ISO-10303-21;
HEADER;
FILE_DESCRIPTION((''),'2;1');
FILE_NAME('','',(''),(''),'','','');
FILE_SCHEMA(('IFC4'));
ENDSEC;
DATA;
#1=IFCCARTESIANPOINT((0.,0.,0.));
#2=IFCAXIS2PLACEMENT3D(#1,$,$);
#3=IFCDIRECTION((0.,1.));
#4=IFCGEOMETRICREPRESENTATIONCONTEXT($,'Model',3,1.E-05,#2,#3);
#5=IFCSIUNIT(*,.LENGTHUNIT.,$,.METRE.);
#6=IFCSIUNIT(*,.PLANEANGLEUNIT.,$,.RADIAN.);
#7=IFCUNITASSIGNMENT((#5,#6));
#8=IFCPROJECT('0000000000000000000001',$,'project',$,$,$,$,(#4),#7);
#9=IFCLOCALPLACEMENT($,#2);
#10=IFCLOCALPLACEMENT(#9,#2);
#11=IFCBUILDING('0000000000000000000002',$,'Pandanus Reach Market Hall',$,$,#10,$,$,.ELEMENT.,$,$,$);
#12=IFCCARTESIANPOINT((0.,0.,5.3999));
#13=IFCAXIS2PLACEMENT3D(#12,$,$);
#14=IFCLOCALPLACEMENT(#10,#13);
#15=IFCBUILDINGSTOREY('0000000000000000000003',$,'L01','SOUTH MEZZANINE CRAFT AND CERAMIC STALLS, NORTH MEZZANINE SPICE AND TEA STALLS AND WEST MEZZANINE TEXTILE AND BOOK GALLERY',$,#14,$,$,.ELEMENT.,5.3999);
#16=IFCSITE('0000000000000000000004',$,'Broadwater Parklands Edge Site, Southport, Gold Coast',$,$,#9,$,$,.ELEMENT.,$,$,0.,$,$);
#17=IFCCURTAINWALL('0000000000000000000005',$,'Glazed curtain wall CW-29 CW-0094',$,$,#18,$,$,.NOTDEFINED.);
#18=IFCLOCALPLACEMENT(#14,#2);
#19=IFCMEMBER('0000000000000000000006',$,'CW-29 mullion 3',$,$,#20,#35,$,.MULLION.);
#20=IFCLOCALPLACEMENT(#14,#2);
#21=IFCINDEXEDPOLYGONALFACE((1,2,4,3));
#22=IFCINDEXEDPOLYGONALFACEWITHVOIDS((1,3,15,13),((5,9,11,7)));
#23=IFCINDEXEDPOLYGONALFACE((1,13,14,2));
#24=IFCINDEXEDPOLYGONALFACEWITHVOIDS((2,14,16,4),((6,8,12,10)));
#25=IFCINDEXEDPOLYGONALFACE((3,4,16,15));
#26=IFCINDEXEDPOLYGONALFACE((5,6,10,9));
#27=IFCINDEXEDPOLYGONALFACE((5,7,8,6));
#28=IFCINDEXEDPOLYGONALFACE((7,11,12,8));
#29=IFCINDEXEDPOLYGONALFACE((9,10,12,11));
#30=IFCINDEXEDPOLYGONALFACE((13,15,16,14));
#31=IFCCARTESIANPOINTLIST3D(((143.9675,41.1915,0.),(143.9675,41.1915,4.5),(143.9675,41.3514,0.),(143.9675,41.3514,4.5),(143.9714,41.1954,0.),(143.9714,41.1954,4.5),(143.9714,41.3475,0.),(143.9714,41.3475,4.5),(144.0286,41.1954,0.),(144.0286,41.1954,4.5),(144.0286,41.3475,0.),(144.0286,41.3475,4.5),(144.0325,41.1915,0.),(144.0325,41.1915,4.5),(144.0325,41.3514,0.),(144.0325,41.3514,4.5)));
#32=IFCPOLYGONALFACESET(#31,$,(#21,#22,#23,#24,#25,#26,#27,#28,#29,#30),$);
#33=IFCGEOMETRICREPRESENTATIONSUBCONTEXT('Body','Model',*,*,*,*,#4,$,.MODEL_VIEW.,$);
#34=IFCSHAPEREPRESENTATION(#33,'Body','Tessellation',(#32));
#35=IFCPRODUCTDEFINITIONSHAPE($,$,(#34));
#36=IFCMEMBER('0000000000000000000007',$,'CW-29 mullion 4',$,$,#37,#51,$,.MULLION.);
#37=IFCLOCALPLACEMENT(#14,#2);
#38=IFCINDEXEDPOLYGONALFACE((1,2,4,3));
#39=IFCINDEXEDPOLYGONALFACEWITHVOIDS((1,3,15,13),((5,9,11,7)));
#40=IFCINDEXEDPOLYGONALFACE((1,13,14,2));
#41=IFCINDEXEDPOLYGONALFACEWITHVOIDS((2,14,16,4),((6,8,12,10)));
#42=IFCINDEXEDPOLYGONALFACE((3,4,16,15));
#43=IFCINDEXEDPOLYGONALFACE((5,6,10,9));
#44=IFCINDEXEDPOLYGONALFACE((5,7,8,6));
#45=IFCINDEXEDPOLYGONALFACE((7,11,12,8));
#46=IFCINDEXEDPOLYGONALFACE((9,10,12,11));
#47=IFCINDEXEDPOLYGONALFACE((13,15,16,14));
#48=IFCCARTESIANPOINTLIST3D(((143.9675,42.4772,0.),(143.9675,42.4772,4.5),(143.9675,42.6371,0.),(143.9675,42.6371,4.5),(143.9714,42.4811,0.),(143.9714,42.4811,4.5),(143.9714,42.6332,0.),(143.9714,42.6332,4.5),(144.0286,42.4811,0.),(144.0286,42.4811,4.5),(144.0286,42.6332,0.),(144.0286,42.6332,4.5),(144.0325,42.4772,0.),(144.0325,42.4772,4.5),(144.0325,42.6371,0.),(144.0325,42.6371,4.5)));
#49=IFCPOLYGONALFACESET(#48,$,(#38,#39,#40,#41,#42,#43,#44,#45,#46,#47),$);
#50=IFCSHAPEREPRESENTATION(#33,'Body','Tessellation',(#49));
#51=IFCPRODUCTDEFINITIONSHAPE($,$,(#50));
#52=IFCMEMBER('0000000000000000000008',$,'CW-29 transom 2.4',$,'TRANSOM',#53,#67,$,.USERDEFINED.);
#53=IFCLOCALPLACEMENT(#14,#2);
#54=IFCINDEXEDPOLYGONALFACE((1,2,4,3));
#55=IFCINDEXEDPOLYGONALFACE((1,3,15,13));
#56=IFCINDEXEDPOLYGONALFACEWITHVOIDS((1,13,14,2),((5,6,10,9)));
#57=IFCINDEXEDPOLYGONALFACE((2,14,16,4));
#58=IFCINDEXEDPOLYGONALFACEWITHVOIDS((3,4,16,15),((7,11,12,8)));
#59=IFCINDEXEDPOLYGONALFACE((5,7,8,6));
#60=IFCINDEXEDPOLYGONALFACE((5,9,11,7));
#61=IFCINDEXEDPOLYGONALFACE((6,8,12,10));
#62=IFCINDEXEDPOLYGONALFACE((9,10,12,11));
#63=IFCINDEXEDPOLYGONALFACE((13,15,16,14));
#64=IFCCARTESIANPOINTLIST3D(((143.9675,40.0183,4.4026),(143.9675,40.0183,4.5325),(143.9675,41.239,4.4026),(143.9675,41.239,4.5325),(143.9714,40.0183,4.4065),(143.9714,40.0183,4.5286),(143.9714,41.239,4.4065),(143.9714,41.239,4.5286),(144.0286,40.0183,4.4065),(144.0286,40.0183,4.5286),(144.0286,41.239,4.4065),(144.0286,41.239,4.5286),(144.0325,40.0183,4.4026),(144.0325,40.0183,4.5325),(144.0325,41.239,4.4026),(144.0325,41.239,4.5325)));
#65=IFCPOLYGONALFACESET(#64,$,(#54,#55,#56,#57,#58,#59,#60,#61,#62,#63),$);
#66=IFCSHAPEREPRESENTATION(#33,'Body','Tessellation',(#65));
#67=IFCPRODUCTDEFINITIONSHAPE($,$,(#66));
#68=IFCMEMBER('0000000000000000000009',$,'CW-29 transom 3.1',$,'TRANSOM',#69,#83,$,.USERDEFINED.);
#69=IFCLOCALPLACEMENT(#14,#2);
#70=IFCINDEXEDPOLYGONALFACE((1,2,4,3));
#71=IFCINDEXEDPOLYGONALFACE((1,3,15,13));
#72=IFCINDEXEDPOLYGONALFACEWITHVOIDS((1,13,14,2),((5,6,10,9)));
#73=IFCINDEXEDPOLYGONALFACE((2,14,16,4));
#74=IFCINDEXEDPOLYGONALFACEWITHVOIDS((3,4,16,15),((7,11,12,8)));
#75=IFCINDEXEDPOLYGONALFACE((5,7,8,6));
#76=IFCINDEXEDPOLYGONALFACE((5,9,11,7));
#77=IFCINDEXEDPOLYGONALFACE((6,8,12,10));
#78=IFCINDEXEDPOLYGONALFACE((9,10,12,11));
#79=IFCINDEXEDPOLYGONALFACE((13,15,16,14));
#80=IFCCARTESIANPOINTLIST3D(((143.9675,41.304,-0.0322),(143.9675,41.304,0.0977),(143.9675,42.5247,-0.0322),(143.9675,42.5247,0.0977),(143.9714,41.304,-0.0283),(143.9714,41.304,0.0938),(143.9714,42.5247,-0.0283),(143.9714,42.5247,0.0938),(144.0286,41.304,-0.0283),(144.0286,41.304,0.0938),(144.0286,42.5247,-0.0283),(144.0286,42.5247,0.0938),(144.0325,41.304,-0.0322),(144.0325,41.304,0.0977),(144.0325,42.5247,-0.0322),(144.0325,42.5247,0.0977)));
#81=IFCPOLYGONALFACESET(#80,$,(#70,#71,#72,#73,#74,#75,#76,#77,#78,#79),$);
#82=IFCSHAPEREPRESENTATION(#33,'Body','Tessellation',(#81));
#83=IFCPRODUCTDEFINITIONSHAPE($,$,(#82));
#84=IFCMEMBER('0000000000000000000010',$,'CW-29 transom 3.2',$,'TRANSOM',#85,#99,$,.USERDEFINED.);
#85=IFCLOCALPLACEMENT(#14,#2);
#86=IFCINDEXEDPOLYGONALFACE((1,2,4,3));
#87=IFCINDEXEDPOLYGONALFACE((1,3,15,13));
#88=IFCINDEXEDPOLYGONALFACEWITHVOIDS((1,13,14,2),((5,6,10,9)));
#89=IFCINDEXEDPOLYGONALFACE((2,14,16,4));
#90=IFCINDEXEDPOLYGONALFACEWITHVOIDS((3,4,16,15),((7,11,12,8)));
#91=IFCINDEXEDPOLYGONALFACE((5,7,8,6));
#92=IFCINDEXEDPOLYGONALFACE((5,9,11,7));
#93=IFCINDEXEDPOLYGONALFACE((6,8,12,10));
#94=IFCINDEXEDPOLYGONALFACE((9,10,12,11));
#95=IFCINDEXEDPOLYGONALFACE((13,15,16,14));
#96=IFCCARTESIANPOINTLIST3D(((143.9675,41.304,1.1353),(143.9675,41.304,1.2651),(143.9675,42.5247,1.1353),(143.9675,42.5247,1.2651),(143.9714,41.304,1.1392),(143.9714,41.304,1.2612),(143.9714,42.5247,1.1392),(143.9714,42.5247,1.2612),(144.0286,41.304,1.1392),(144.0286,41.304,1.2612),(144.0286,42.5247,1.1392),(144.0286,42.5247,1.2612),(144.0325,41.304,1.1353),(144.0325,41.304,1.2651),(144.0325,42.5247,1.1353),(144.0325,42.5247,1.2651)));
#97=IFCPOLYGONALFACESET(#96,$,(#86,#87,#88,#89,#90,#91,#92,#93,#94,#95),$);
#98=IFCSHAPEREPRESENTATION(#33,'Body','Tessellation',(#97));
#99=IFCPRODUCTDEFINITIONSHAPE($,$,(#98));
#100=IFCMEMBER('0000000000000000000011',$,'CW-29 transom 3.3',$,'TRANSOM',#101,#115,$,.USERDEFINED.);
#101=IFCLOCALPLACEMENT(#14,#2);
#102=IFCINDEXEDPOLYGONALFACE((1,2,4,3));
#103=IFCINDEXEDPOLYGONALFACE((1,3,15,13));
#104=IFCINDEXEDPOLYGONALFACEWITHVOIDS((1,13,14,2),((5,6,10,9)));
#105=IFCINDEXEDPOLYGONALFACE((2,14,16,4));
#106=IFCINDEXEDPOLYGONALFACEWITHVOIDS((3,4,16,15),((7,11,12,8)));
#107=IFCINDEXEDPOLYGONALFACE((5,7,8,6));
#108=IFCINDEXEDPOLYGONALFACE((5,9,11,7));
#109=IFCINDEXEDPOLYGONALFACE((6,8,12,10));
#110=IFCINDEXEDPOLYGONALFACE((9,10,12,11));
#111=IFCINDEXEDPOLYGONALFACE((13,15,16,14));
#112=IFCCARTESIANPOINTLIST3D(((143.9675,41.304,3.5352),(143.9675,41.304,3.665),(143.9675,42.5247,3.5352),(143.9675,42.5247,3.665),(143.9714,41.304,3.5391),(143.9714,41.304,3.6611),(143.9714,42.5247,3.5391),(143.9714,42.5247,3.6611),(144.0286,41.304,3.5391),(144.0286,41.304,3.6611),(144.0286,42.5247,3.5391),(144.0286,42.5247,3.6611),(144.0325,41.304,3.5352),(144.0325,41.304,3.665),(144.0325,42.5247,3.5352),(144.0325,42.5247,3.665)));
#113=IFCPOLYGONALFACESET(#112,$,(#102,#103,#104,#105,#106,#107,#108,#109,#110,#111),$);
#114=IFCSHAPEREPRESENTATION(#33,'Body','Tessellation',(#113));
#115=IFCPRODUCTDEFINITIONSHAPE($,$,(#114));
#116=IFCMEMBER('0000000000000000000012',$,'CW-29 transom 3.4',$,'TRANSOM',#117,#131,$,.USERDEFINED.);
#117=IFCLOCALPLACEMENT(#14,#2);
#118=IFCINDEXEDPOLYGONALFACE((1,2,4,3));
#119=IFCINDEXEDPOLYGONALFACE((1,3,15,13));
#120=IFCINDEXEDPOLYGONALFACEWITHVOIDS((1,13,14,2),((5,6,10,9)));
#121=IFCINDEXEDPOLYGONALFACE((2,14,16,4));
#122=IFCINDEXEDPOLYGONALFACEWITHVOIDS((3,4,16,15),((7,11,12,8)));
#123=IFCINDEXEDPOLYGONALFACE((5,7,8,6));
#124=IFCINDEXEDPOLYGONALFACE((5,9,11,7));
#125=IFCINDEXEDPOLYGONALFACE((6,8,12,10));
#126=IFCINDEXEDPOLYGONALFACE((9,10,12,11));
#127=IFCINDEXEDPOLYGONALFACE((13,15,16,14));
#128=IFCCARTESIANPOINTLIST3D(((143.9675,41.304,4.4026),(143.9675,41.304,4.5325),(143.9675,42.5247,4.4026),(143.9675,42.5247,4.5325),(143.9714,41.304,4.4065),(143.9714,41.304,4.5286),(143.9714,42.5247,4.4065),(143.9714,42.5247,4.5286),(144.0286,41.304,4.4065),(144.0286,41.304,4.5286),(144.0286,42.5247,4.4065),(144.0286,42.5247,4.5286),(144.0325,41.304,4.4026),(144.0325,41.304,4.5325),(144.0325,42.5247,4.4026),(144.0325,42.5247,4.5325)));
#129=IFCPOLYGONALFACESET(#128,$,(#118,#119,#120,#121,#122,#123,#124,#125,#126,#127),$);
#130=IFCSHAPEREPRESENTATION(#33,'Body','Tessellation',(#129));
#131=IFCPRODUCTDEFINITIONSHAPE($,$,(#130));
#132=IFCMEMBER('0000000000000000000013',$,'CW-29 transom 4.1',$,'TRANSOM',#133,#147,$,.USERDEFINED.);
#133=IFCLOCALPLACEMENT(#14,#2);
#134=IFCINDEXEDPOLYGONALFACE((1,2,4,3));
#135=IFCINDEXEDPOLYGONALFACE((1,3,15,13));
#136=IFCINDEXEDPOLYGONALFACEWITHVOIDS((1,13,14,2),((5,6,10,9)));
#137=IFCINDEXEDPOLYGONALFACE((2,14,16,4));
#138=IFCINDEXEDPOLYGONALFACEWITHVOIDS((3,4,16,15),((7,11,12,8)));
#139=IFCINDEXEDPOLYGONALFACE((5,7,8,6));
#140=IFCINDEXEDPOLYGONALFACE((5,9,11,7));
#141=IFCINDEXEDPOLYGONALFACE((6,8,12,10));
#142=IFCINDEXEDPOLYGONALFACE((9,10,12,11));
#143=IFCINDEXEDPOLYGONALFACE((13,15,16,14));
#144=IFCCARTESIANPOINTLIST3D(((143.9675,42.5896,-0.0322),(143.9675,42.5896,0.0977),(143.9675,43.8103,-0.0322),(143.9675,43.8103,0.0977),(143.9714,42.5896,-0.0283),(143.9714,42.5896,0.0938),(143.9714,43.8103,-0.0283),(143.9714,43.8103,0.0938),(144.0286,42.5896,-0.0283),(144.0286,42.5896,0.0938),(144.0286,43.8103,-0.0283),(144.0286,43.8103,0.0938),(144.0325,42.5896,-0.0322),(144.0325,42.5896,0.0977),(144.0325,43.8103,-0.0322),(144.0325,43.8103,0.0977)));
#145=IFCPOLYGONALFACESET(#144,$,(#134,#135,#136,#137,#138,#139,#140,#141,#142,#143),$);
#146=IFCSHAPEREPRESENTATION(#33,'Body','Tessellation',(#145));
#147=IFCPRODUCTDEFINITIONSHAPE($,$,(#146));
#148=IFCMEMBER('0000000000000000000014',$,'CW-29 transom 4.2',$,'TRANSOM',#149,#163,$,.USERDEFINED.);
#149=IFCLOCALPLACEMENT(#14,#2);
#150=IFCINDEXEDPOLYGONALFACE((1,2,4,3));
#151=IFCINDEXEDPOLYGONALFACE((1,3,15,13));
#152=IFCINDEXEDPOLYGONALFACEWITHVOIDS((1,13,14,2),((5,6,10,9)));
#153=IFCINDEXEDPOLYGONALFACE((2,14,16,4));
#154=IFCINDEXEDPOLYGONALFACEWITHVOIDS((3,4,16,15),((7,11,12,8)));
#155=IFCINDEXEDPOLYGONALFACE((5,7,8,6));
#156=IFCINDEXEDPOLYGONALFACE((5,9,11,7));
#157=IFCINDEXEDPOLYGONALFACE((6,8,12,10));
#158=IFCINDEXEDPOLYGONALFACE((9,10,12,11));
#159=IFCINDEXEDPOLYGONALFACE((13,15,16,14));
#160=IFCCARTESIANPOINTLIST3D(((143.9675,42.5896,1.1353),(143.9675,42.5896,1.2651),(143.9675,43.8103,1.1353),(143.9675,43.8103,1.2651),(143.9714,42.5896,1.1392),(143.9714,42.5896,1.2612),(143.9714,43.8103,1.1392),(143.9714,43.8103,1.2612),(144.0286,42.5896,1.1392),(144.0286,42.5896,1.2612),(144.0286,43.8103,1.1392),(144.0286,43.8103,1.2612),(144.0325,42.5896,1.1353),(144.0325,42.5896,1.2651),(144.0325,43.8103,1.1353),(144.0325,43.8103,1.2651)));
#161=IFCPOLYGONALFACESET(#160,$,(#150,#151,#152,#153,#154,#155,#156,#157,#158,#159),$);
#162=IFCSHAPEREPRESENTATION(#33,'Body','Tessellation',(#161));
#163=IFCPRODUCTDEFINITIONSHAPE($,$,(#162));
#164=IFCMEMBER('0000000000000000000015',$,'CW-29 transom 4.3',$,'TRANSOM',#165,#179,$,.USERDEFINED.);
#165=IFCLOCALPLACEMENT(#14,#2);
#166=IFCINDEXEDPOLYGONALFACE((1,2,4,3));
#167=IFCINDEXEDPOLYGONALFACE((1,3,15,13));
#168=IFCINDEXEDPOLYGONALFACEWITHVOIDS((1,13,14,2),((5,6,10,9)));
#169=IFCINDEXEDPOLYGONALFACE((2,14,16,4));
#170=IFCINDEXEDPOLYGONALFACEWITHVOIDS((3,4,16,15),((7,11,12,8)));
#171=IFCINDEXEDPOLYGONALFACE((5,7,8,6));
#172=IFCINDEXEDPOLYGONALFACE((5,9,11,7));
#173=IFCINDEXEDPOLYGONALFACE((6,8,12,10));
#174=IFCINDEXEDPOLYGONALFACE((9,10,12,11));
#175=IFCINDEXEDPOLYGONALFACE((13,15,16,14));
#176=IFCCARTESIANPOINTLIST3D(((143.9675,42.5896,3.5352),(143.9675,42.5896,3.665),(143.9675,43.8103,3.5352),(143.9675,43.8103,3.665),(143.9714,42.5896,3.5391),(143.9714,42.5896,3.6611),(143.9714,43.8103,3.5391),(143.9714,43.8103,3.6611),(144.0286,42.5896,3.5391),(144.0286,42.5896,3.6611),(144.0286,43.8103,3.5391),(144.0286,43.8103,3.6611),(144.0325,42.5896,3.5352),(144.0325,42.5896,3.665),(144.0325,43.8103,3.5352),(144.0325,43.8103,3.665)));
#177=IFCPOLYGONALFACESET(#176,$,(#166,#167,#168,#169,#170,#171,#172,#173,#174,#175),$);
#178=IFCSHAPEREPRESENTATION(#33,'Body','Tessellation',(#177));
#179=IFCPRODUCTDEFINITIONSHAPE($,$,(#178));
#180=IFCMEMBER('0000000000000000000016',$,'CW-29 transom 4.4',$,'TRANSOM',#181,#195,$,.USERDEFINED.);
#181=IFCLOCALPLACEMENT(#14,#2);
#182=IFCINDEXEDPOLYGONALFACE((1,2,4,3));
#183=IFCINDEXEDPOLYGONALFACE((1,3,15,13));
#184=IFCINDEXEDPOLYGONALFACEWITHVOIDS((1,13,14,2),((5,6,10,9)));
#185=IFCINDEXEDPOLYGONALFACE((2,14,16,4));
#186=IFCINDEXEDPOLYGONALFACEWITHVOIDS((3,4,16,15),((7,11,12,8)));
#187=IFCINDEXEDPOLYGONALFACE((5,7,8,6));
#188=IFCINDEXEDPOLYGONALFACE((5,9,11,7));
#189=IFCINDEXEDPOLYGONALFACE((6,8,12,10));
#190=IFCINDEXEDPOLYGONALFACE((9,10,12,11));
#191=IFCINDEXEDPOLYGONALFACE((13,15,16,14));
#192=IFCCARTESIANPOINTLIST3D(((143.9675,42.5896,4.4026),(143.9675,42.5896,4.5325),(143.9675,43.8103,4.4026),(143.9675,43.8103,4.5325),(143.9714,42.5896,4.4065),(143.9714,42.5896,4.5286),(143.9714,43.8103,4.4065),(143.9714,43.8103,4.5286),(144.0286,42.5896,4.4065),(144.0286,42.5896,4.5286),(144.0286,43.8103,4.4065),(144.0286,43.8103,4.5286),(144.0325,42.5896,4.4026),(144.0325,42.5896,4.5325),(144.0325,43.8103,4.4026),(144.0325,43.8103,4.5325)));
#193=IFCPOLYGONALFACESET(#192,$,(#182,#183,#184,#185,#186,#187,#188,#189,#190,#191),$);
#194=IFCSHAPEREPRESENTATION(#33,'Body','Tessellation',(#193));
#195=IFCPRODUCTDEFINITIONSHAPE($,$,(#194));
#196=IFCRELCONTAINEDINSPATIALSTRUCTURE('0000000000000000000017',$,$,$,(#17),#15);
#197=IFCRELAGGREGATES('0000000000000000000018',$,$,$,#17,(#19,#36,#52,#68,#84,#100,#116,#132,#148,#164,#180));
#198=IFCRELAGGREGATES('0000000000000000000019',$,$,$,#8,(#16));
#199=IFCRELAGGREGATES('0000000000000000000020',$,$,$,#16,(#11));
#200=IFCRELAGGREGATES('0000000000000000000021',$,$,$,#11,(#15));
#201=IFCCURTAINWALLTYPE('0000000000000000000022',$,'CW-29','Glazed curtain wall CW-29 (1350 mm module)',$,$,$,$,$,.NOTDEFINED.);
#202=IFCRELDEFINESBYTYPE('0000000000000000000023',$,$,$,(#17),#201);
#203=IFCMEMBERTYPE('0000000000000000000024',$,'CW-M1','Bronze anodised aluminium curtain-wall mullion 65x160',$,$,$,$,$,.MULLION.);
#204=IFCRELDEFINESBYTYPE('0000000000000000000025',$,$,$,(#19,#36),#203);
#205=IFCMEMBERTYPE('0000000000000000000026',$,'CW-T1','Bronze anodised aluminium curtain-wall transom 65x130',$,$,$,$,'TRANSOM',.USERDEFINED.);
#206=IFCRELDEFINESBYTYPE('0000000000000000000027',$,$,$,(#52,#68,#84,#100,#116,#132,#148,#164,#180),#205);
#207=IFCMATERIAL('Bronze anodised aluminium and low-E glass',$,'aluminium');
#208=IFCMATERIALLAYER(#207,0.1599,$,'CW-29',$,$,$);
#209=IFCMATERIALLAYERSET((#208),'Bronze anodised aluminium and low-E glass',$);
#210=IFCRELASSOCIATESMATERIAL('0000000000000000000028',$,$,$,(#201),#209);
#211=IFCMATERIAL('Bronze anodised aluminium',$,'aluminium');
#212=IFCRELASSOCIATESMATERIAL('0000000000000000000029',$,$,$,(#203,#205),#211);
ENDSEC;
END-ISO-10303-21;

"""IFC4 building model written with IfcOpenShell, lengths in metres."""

from ifc_helpers import new_model, si_unit, direction, frame, origin, origin_2d, place, context, subcontext, project, spatial, hollow_rectangle, extrude, material, layer, layer_set, material_profile, profile_set, type_object, element, aggregate, save


model = new_model("IFC4")

# Units and contexts
model_context = context("Model", 3, precision=1e-05, world=origin(), true_north=direction((0.0, 1.0)))
body_context = subcontext(model_context, "Body", "Model", "MODEL_VIEW")
ifc_project = project(units=[si_unit("LENGTHUNIT", "METRE"), si_unit("PLANEANGLEUNIT", "RADIAN")], contexts=[model_context])

# Site, building, storey
site_placement = place(None, origin())
site = spatial("IfcSite", under=ifc_project, at=site_placement, Name="Broadwater Parklands Edge Site, Southport, Gold Coast", CompositionType="ELEMENT", RefElevation=0.0)
building_placement = place(site_placement, origin())
building = spatial("IfcBuilding", under=site, at=building_placement, Name="Pandanus Reach Market Hall", CompositionType="ELEMENT")
storey_placement = place(building_placement, frame((0.0, 0.0, 5.3999)))
storey = spatial("IfcBuildingStorey", under=building, at=storey_placement, Name="L01", Description="SOUTH MEZZANINE CRAFT AND CERAMIC STALLS, NORTH MEZZANINE SPICE AND TEA STALLS AND WEST MEZZANINE TEXTILE AND BOOK GALLERY", CompositionType="ELEMENT", Elevation=5.3999)

# Curtain wall, members
ifc_material_1 = material(Name="Bronze anodised aluminium and low-E glass", Category="aluminium")
ifc_layer_1 = layer(ifc_material_1, 0.1599, Name="CW-29")
ifc_layer_set_1 = layer_set([ifc_layer_1], Name="Bronze anodised aluminium and low-E glass")
curtain_wall_type = type_object("IfcCurtainWallType", Name="CW-29", Description="Glazed curtain wall CW-29 (1350 mm module)", PredefinedType="NOTDEFINED", material=ifc_layer_set_1)
curtain_wall_placement = place(storey_placement, origin())
curtain_wall = element("IfcCurtainWall", 1, at=curtain_wall_placement, inside=storey, type_object=curtain_wall_type, Name="Glazed curtain wall CW-29 CW-0094", PredefinedType="NOTDEFINED")
ifc_material_2 = material(Name="Bronze anodised aluminium", Category="aluminium")
ifc_material_profile_1 = material_profile(ifc_material_2, hollow_rectangle(XDim=0.0649, YDim=0.1599, WallThickness=0.0039, at=origin_2d()), Name="ALU65x160", Category="LoadBearing")
ifc_profile_set_1 = profile_set([ifc_material_profile_1], Name="Bronze anodised aluminium")
member_type_1 = type_object("IfcMemberType", Name="CW-M1", Description="Bronze anodised aluminium curtain-wall mullion 65x160", PredefinedType="MULLION", material=ifc_profile_set_1)
member_1_placement = place(storey_placement, frame((144.0, 41.2715, 0.0), z_axis=(0.0, 0.0, 1.0), x_axis=(-1.0, 0.0, 0.0)))
member_1 = element("IfcMember", 2, at=member_1_placement, type_object=member_type_1, Name="CW-29 mullion 3", PredefinedType="MULLION", context=body_context, shape_type="SweptSolid", body=[
    extrude(hollow_rectangle(XDim=0.0649, YDim=0.1599, WallThickness=0.0039, at=origin_2d()), origin(), (0.0, 0.0, 1.0), 4.5),
])
member_2_placement = place(storey_placement, frame((144.0, 42.5571, 0.0), z_axis=(0.0, 0.0, 1.0), x_axis=(-1.0, 0.0, 0.0)))
member_2 = element("IfcMember", 3, at=member_2_placement, type_object=member_type_1, Name="CW-29 mullion 4", PredefinedType="MULLION", context=body_context, shape_type="SweptSolid", body=[
    extrude(hollow_rectangle(XDim=0.0649, YDim=0.1599, WallThickness=0.0039, at=origin_2d()), origin(), (0.0, 0.0, 1.0), 4.5),
])
ifc_material_profile_2 = material_profile(ifc_material_2, hollow_rectangle(XDim=0.0649, YDim=0.1299, WallThickness=0.0039, at=origin_2d()), Name="ALU65x130", Category="LoadBearing")
ifc_profile_set_2 = profile_set([ifc_material_profile_2], Name="Bronze anodised aluminium")
member_type_2 = type_object("IfcMemberType", Name="CW-T1", Description="Bronze anodised aluminium curtain-wall transom 65x130", ElementType="TRANSOM", PredefinedType="USERDEFINED", material=ifc_profile_set_2)
member_3_placement = place(storey_placement, frame((144.0, 40.0183, 4.4675), z_axis=(0.0, 1.0, 0.0), x_axis=(-1.0, 0.0, 0.0)))
member_3 = element("IfcMember", 4, at=member_3_placement, type_object=member_type_2, Name="CW-29 transom 2.4", ObjectType="TRANSOM", PredefinedType="USERDEFINED", context=body_context, shape_type="SweptSolid", body=[
    extrude(hollow_rectangle(XDim=0.0649, YDim=0.1299, WallThickness=0.0039, at=origin_2d()), origin(), (0.0, 0.0, 1.0), 1.2207),
])
member_4_placement = place(storey_placement, frame((144.0, 41.304, 0.0327), z_axis=(0.0, 1.0, 0.0), x_axis=(-1.0, 0.0, 0.0)))
member_4 = element("IfcMember", 5, at=member_4_placement, type_object=member_type_2, Name="CW-29 transom 3.1", ObjectType="TRANSOM", PredefinedType="USERDEFINED", context=body_context, shape_type="SweptSolid", body=[
    extrude(hollow_rectangle(XDim=0.0649, YDim=0.1299, WallThickness=0.0039, at=origin_2d()), origin(), (0.0, 0.0, 1.0), 1.2207),
])
member_5_placement = place(storey_placement, frame((144.0, 41.304, 1.2002), z_axis=(0.0, 1.0, 0.0), x_axis=(-1.0, 0.0, 0.0)))
member_5 = element("IfcMember", 6, at=member_5_placement, type_object=member_type_2, Name="CW-29 transom 3.2", ObjectType="TRANSOM", PredefinedType="USERDEFINED", context=body_context, shape_type="SweptSolid", body=[
    extrude(hollow_rectangle(XDim=0.0649, YDim=0.1299, WallThickness=0.0039, at=origin_2d()), origin(), (0.0, 0.0, 1.0), 1.2207),
])
member_6_placement = place(storey_placement, frame((144.0, 41.304, 3.6001), z_axis=(0.0, 1.0, 0.0), x_axis=(-1.0, 0.0, 0.0)))
member_6 = element("IfcMember", 7, at=member_6_placement, type_object=member_type_2, Name="CW-29 transom 3.3", ObjectType="TRANSOM", PredefinedType="USERDEFINED", context=body_context, shape_type="SweptSolid", body=[
    extrude(hollow_rectangle(XDim=0.0649, YDim=0.1299, WallThickness=0.0039, at=origin_2d()), origin(), (0.0, 0.0, 1.0), 1.2207),
])
member_7_placement = place(storey_placement, frame((144.0, 41.304, 4.4675), z_axis=(0.0, 1.0, 0.0), x_axis=(-1.0, 0.0, 0.0)))
member_7 = element("IfcMember", 8, at=member_7_placement, type_object=member_type_2, Name="CW-29 transom 3.4", ObjectType="TRANSOM", PredefinedType="USERDEFINED", context=body_context, shape_type="SweptSolid", body=[
    extrude(hollow_rectangle(XDim=0.0649, YDim=0.1299, WallThickness=0.0039, at=origin_2d()), origin(), (0.0, 0.0, 1.0), 1.2207),
])
member_8_placement = place(storey_placement, frame((144.0, 42.5896, 0.0327), z_axis=(0.0, 1.0, 0.0), x_axis=(-1.0, 0.0, 0.0)))
member_8 = element("IfcMember", 9, at=member_8_placement, type_object=member_type_2, Name="CW-29 transom 4.1", ObjectType="TRANSOM", PredefinedType="USERDEFINED", context=body_context, shape_type="SweptSolid", body=[
    extrude(hollow_rectangle(XDim=0.0649, YDim=0.1299, WallThickness=0.0039, at=origin_2d()), origin(), (0.0, 0.0, 1.0), 1.2207),
])
member_9_placement = place(storey_placement, frame((144.0, 42.5896, 1.2002), z_axis=(0.0, 1.0, 0.0), x_axis=(-1.0, 0.0, 0.0)))
member_9 = element("IfcMember", 10, at=member_9_placement, type_object=member_type_2, Name="CW-29 transom 4.2", ObjectType="TRANSOM", PredefinedType="USERDEFINED", context=body_context, shape_type="SweptSolid", body=[
    extrude(hollow_rectangle(XDim=0.0649, YDim=0.1299, WallThickness=0.0039, at=origin_2d()), origin(), (0.0, 0.0, 1.0), 1.2207),
])
member_10_placement = place(storey_placement, frame((144.0, 42.5896, 3.6001), z_axis=(0.0, 1.0, 0.0), x_axis=(-1.0, 0.0, 0.0)))
member_10 = element("IfcMember", 11, at=member_10_placement, type_object=member_type_2, Name="CW-29 transom 4.3", ObjectType="TRANSOM", PredefinedType="USERDEFINED", context=body_context, shape_type="SweptSolid", body=[
    extrude(hollow_rectangle(XDim=0.0649, YDim=0.1299, WallThickness=0.0039, at=origin_2d()), origin(), (0.0, 0.0, 1.0), 1.2207),
])
member_11_placement = place(storey_placement, frame((144.0, 42.5896, 4.4675), z_axis=(0.0, 1.0, 0.0), x_axis=(-1.0, 0.0, 0.0)))
member_11 = element("IfcMember", 12, at=member_11_placement, type_object=member_type_2, Name="CW-29 transom 4.4", ObjectType="TRANSOM", PredefinedType="USERDEFINED", context=body_context, shape_type="SweptSolid", body=[
    extrude(hollow_rectangle(XDim=0.0649, YDim=0.1299, WallThickness=0.0039, at=origin_2d()), origin(), (0.0, 0.0, 1.0), 1.2207),
])
aggregate(curtain_wall, [member_1, member_2, member_3, member_4, member_5, member_6, member_7, member_8, member_9, member_10, member_11])

save(model, "model.ifc")
